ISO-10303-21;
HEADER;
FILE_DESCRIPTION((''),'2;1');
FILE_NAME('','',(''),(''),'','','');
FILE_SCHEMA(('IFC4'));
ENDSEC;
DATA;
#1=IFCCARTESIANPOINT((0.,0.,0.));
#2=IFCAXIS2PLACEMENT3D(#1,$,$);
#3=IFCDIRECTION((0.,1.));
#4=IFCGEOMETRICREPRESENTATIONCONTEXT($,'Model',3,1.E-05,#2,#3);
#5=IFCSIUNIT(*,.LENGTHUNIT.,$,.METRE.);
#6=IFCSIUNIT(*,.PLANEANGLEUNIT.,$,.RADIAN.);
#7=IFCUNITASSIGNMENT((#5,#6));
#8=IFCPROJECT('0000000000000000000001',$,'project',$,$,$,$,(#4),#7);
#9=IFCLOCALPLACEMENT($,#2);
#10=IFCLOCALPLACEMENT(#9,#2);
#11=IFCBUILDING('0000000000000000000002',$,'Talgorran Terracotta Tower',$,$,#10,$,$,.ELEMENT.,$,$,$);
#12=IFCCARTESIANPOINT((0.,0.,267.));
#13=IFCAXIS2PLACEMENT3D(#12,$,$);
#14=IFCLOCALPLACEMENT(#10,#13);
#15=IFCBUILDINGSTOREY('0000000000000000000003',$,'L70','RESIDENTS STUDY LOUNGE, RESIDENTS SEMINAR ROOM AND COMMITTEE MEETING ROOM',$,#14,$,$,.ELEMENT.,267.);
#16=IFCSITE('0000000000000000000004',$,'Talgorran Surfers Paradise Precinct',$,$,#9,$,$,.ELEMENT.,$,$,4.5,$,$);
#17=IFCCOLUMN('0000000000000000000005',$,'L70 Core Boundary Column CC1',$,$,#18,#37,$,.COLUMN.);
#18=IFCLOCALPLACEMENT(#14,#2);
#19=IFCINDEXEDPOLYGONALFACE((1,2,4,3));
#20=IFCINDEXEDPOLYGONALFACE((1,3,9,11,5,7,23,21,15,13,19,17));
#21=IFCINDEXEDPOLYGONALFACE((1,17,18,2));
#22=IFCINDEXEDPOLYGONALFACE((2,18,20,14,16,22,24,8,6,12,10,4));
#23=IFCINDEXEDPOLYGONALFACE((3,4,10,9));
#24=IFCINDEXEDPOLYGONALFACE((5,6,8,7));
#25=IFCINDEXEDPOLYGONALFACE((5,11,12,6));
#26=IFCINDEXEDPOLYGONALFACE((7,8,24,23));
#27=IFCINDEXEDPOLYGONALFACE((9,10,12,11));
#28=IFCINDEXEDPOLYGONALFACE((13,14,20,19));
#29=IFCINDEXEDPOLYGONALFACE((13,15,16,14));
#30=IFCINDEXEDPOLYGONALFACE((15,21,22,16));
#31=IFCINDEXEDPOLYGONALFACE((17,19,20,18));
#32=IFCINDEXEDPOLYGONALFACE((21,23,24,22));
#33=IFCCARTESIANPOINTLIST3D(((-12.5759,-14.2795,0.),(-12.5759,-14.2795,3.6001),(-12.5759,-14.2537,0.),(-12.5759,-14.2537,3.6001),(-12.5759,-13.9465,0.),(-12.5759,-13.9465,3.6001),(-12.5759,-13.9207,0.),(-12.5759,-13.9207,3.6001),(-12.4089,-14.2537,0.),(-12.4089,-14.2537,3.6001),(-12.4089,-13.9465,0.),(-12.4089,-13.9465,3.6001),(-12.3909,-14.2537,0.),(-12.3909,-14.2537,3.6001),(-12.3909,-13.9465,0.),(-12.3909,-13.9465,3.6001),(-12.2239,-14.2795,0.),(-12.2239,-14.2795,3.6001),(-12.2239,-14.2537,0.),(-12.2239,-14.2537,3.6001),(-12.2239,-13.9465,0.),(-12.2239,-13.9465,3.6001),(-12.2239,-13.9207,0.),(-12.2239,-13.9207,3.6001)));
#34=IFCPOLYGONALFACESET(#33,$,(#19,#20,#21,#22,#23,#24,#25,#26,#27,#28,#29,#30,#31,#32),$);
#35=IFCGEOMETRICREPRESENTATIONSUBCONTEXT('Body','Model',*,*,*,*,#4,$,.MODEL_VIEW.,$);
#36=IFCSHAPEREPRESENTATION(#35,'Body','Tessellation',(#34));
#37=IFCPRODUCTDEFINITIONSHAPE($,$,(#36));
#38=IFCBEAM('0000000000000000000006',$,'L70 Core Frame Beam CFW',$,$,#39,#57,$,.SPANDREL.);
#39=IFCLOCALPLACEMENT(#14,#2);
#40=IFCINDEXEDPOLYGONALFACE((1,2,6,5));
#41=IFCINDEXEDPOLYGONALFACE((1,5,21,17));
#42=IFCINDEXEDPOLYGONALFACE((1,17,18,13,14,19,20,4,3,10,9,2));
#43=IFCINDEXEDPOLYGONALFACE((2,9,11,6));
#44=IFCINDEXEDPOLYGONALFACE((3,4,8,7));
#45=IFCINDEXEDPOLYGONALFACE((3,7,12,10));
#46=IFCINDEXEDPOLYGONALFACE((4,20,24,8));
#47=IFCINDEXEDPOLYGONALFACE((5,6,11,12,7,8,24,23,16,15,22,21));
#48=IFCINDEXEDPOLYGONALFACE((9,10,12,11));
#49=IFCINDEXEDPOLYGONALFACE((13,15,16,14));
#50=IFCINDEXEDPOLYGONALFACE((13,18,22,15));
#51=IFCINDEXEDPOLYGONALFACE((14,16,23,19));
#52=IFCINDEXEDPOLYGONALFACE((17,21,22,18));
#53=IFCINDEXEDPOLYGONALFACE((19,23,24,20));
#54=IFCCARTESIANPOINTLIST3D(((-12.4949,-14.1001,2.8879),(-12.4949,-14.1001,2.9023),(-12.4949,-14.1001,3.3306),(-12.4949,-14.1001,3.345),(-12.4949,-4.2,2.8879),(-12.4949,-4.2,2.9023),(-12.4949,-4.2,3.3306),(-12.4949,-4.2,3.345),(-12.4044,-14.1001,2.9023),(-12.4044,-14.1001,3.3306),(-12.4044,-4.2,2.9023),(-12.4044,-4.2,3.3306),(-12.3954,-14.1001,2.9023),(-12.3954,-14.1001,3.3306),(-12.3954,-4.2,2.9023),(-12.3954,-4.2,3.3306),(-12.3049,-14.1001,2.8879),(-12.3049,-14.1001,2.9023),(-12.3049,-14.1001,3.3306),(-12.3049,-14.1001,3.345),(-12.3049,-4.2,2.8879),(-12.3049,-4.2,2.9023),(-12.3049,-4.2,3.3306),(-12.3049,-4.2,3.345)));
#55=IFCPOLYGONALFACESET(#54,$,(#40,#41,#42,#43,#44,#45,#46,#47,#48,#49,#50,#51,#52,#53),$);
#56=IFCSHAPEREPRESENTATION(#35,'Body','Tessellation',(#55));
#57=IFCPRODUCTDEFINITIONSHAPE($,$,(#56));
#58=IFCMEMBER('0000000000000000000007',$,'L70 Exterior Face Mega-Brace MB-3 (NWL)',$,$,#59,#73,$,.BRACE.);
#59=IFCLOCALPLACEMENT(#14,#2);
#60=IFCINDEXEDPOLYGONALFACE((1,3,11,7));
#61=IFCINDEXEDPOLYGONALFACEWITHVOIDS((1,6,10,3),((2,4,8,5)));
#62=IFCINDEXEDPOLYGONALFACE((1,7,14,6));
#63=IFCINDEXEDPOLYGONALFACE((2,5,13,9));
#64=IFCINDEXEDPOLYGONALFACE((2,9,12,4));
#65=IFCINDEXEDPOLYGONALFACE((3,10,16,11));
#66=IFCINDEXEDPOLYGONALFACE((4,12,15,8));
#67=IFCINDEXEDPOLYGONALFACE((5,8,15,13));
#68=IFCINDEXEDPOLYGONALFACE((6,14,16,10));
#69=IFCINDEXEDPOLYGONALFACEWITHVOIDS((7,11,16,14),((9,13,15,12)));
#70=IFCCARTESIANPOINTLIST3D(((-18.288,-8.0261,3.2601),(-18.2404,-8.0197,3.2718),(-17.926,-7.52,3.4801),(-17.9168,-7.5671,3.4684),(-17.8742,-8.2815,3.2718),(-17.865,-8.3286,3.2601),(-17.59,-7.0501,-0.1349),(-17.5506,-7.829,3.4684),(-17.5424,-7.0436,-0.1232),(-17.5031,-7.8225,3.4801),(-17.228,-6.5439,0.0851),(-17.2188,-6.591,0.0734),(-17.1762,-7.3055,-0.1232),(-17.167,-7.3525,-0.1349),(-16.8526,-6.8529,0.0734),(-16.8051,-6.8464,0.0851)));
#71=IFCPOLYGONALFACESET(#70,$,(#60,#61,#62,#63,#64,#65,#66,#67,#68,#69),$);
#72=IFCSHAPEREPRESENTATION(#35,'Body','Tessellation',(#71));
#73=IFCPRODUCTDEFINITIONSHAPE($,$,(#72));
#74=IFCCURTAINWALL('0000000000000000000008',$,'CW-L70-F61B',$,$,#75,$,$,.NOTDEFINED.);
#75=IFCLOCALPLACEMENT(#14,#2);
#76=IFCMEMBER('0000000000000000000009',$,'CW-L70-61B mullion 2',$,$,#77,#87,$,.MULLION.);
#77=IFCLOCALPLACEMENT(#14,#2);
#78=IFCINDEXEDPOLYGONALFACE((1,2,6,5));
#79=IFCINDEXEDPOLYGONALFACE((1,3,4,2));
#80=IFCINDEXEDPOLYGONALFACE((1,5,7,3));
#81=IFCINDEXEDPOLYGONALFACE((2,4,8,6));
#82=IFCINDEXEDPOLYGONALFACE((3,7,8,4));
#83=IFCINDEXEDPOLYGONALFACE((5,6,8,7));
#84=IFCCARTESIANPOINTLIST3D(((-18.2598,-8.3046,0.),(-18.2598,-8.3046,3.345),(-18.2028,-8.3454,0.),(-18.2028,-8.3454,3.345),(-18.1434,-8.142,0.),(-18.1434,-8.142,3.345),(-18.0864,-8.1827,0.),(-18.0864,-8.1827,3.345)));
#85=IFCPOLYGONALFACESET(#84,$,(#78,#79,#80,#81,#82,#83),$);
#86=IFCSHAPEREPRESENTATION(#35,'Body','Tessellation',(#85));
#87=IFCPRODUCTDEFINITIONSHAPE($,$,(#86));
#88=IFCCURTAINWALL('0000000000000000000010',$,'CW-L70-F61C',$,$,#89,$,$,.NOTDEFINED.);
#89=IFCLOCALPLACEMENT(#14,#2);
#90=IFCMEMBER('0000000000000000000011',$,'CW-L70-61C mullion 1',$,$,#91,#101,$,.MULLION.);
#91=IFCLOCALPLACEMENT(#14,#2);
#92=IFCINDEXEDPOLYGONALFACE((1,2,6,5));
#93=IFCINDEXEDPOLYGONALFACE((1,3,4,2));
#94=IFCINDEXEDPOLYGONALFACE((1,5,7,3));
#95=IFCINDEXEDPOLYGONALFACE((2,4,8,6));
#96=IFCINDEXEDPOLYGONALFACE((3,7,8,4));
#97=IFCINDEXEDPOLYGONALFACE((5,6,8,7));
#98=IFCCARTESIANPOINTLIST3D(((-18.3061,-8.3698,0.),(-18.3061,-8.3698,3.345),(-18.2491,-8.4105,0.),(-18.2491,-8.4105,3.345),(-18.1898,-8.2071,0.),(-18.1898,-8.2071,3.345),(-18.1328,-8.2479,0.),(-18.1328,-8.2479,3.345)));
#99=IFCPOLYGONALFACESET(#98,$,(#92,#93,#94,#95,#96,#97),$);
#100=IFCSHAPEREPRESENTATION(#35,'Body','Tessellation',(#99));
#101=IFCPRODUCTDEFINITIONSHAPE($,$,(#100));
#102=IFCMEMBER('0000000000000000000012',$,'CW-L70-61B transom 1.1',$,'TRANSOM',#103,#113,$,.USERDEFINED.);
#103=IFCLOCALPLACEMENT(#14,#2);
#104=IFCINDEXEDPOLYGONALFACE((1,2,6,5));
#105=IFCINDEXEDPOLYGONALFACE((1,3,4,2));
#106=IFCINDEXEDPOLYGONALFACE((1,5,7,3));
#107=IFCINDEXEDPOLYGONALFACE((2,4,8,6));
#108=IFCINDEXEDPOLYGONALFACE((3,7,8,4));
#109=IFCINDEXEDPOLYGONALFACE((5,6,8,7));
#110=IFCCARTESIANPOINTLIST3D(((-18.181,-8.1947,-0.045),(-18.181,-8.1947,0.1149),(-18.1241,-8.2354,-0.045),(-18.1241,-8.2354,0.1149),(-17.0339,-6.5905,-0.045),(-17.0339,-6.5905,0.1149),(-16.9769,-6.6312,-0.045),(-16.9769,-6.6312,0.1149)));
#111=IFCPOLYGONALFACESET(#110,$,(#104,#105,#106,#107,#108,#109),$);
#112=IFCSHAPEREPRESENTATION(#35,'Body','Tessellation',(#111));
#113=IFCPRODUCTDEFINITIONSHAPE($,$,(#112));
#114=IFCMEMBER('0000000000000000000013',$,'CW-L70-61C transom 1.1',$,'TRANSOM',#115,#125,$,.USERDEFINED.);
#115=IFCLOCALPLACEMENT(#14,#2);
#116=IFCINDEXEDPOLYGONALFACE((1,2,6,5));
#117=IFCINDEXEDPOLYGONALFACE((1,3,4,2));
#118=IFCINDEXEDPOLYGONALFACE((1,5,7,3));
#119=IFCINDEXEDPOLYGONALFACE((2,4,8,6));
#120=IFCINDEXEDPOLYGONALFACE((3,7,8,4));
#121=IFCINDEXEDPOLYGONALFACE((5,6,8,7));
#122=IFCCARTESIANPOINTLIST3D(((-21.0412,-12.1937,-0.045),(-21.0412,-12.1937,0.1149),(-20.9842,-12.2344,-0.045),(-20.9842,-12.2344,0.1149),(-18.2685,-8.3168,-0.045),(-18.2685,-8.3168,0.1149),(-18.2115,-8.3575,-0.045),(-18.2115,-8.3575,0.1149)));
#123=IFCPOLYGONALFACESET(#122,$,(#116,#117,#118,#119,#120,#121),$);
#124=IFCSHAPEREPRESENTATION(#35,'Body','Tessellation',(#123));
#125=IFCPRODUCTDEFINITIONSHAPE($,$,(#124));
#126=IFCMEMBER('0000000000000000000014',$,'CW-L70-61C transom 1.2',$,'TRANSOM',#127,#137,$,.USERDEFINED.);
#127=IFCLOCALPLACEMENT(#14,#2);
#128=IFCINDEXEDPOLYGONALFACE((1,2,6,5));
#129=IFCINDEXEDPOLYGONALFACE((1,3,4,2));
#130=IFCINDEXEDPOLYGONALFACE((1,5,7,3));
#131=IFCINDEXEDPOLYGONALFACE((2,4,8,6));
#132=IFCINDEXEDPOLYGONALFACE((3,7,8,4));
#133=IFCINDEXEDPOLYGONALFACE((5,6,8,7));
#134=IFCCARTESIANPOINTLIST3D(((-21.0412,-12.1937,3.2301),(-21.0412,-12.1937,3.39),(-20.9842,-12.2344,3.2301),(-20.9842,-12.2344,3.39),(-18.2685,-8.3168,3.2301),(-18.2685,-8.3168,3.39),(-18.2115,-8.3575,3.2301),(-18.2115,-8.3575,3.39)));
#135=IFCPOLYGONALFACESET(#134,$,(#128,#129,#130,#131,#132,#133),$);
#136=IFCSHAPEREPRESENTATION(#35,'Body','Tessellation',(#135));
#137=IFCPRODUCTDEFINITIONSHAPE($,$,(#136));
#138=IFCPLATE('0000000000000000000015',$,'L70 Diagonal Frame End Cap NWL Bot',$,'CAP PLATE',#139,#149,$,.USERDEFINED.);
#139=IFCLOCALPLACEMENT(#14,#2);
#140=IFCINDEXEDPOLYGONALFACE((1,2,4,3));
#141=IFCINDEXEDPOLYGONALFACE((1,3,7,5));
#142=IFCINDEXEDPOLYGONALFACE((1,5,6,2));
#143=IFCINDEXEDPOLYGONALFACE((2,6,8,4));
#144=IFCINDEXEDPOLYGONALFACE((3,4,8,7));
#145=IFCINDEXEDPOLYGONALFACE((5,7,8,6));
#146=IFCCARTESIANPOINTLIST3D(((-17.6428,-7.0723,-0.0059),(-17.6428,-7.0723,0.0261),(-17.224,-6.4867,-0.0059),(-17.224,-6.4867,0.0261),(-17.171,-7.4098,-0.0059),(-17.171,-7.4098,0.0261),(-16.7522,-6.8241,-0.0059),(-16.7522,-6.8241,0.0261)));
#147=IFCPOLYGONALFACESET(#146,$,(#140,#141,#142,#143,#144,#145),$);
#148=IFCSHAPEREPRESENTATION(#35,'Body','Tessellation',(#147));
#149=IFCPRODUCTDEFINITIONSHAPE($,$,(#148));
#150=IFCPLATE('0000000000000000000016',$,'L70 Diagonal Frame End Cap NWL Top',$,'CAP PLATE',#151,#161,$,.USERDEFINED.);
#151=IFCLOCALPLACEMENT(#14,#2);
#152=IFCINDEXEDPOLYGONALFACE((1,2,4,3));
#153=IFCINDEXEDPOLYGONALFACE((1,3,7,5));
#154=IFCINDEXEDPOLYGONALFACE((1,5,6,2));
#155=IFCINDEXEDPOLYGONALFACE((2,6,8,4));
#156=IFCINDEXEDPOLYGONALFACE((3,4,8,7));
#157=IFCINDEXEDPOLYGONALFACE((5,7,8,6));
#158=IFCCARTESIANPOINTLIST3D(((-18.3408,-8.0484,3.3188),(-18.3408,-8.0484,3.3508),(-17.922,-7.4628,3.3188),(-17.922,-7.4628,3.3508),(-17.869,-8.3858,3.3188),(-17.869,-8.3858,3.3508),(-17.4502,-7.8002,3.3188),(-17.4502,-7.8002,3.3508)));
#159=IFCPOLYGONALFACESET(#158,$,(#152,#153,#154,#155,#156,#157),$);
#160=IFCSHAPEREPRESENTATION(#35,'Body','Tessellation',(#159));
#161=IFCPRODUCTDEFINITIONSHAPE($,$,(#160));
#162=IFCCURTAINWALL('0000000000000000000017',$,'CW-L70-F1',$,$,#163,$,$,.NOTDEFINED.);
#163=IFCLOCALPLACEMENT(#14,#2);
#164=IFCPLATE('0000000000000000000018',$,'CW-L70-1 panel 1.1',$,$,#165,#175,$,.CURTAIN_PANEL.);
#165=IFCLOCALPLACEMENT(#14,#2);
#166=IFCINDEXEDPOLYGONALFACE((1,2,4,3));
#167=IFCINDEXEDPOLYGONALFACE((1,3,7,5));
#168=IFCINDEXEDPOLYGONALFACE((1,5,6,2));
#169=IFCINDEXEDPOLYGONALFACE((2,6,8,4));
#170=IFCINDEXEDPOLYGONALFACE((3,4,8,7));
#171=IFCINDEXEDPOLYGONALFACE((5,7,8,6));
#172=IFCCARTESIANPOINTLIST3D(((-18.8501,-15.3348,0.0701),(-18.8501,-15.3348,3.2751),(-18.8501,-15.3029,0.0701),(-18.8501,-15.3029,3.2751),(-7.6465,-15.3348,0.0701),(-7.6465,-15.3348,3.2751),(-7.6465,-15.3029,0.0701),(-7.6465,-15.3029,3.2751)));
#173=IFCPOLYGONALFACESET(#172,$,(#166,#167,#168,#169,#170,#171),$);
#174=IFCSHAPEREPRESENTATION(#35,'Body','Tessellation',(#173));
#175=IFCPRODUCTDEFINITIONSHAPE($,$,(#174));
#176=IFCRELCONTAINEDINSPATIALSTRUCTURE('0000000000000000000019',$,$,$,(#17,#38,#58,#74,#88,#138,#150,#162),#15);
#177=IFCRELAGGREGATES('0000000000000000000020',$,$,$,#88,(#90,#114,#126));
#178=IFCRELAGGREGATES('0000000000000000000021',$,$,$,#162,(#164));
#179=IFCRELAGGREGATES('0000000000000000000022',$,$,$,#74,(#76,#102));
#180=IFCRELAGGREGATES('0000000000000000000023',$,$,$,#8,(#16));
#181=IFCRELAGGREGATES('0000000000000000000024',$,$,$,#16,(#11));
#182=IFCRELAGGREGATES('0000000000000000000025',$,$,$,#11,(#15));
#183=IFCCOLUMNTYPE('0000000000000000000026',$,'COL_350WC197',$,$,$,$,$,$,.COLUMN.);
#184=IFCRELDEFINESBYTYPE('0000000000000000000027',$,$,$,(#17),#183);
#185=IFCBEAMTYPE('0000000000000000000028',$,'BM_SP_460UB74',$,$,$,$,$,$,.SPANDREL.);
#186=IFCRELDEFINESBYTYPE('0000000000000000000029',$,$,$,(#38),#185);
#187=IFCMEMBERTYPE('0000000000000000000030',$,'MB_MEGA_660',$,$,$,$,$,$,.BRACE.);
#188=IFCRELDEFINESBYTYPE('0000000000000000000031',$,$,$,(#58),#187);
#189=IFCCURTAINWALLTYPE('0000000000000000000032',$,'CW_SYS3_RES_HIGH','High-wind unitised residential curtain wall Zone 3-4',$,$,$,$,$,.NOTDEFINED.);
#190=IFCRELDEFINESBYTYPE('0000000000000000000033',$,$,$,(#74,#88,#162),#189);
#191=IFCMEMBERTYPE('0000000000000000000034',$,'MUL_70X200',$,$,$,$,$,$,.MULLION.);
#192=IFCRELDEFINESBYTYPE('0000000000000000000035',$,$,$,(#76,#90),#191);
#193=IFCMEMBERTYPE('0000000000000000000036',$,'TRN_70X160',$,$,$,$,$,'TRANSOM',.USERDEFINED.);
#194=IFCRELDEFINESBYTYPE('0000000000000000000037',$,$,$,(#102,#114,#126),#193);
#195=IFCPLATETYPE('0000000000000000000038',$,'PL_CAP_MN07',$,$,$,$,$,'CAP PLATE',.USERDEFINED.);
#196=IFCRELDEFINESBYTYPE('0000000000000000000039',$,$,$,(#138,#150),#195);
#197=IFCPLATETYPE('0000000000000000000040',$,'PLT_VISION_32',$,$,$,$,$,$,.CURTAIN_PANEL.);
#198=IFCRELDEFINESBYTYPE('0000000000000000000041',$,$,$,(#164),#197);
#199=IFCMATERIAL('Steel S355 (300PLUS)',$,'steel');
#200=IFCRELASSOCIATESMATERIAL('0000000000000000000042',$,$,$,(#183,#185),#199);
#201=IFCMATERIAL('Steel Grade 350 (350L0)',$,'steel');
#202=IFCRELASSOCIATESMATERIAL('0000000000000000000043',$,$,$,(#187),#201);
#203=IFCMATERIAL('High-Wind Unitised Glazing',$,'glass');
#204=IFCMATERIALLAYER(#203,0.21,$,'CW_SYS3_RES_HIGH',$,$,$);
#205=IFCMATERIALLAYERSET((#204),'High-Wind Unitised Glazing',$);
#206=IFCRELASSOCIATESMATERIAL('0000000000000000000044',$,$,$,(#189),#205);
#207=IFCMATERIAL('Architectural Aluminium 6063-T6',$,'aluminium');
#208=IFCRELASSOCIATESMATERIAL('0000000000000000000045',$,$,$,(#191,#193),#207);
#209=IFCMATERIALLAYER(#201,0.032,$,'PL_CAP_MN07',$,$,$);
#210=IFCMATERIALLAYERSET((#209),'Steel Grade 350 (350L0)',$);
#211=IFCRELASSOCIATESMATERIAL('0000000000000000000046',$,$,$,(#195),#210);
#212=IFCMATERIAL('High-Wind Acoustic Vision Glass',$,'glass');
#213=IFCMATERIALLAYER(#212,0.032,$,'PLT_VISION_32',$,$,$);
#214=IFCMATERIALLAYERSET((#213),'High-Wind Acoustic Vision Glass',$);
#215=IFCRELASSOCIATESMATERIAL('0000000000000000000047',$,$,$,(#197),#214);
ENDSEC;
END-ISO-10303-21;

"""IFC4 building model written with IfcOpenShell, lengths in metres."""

from ifc_helpers import new_model, si_unit, direction, frame, origin, origin_2d, place, context, subcontext, project, spatial, rectangle, hollow_rectangle, i_section, extrude, source, transform, mapped, material, layer, layer_set, material_profile, profile_set, type_object, type_shapes, element, aggregate, save


model = new_model("IFC4")

# Units and contexts
model_context = context("Model", 3, precision=1e-05, world=origin(), true_north=direction((0.0, 1.0)))
body_context = subcontext(model_context, "Body", "Model", "MODEL_VIEW")
ifc_project = project(units=[si_unit("LENGTHUNIT", "METRE"), si_unit("PLANEANGLEUNIT", "RADIAN")], contexts=[model_context])

# Site, building, storey
site_placement = place(None, origin())
site = spatial("IfcSite", under=ifc_project, at=site_placement, Name="Talgorran Surfers Paradise Precinct", CompositionType="ELEMENT", RefElevation=4.5)
building_placement = place(site_placement, origin())
building = spatial("IfcBuilding", under=site, at=building_placement, Name="Talgorran Terracotta Tower", CompositionType="ELEMENT")
storey_placement = place(building_placement, frame((0.0, 0.0, 267.0)))
storey = spatial("IfcBuildingStorey", under=building, at=storey_placement, Name="L70", Description="RESIDENTS STUDY LOUNGE, RESIDENTS SEMINAR ROOM AND COMMITTEE MEETING ROOM", CompositionType="ELEMENT", Elevation=267.0)

# Column
ifc_material_1 = material(Name="Steel S355 (300PLUS)", Category="steel")
ifc_material_profile_1 = material_profile(ifc_material_1, i_section(OverallWidth=0.3521, OverallDepth=0.3589, WebThickness=0.0181, FlangeThickness=0.0259, at=origin_2d()), Name="350WC197")
ifc_profile_set_1 = profile_set([ifc_material_profile_1], Name="Steel S355 (300PLUS)")
column_type = type_object("IfcColumnType", Name="COL_350WC197", PredefinedType="COLUMN", material=ifc_profile_set_1)
column_placement = place(storey_placement, frame((-12.3999, -14.1001, 0.0), z_axis=(0.0, 0.0, 1.0), x_axis=(1.0, 0.0, 0.0)))
element("IfcColumn", 1, at=column_placement, inside=storey, type_object=column_type, Name="L70 Core Boundary Column CC1", PredefinedType="COLUMN", context=body_context, shape_type="SweptSolid", body=[
    extrude(i_section(OverallWidth=0.3521, OverallDepth=0.3589, WebThickness=0.0181, FlangeThickness=0.0259, at=origin_2d()), origin(), (0.0, 0.0, 1.0), 3.6001),
])

# Beam
ifc_material_profile_2 = material_profile(ifc_material_1, i_section(OverallWidth=0.1899, OverallDepth=0.457, WebThickness=0.009, FlangeThickness=0.0144, at=origin_2d()), Name="460UB74.6")
ifc_profile_set_2 = profile_set([ifc_material_profile_2], Name="Steel S355 (300PLUS)")
beam_type = type_object("IfcBeamType", Name="BM_SP_460UB74", PredefinedType="SPANDREL", material=ifc_profile_set_2)
beam_placement = place(storey_placement, frame((-12.3999, -14.1001, 3.1165), z_axis=(0.0, 1.0, 0.0), x_axis=(-1.0, 0.0, 0.0)))
element("IfcBeam", 2, at=beam_placement, inside=storey, type_object=beam_type, Name="L70 Core Frame Beam CFW", PredefinedType="SPANDREL", context=body_context, shape_type="SweptSolid", body=[
    extrude(i_section(OverallWidth=0.1899, OverallDepth=0.457, WebThickness=0.009, FlangeThickness=0.0144, at=origin_2d()), origin(), (0.0, 0.0, 1.0), 9.9001),
])

# Member
ifc_material_2 = material(Name="Steel Grade 350 (350L0)", Category="steel")
ifc_material_profile_3 = material_profile(ifc_material_2, hollow_rectangle(XDim=0.52, YDim=0.6599, WallThickness=0.0349, at=origin_2d()), Name="WBOX660X520X35")
ifc_profile_set_3 = profile_set([ifc_material_profile_3], Name="Steel Grade 350 (350L0)")
member_type_1 = type_object("IfcMemberType", Name="MB_MEGA_660", PredefinedType="BRACE", material=ifc_profile_set_3)
member_1_placement = place(storey_placement, frame((-17.1975, -6.9482, -0.0249), z_axis=(-0.193843, -0.271068, 0.94284), x_axis=(0.813417, -0.581681, 0.0)))
element("IfcMember", 3, at=member_1_placement, inside=storey, type_object=member_type_1, Name="L70 Exterior Face Mega-Brace MB-3 (NWL)", PredefinedType="BRACE", context=body_context, shape_type="SweptSolid", body=[
    extrude(hollow_rectangle(XDim=0.52, YDim=0.6599, WallThickness=0.0349, at=origin_2d()), origin(), (0.0, 0.0, 1.0), 3.6008),
])

# Curtain walls, members
ifc_material_3 = material(Name="High-Wind Unitised Glazing", Category="glass")
ifc_layer_1 = layer(ifc_material_3, 0.21, Name="CW_SYS3_RES_HIGH")
ifc_layer_set_1 = layer_set([ifc_layer_1], Name="High-Wind Unitised Glazing")
curtain_wall_type = type_object("IfcCurtainWallType", Name="CW_SYS3_RES_HIGH", Description="High-wind unitised residential curtain wall Zone 3-4", PredefinedType="NOTDEFINED", material=ifc_layer_set_1)
curtain_wall_1_placement = place(storey_placement, origin())
curtain_wall_1 = element("IfcCurtainWall", 4, at=curtain_wall_1_placement, inside=storey, type_object=curtain_wall_type, Name="CW-L70-F61B", PredefinedType="NOTDEFINED")
ifc_material_4 = material(Name="Architectural Aluminium 6063-T6", Category="aluminium")
ifc_material_profile_4 = material_profile(ifc_material_4, rectangle(XDim=0.0701, YDim=0.2, at=origin_2d()), Name="CWM70X200")
ifc_profile_set_4 = profile_set([ifc_material_profile_4], Name="Architectural Aluminium 6063-T6")
member_type_2 = type_object("IfcMemberType", Name="MUL_70X200", PredefinedType="MULLION", material=ifc_profile_set_4)
member_2_placement = place(storey_placement, frame((-18.1731, -8.2437, 0.0), z_axis=(0.0, 0.0, 1.0), x_axis=(0.813378, -0.581735, 0.0)))
member_2 = element("IfcMember", 5, at=member_2_placement, type_object=member_type_2, Name="CW-L70-61B mullion 2", PredefinedType="MULLION", context=body_context, shape_type="SweptSolid", body=[
    extrude(rectangle(XDim=0.0701, YDim=0.2, at=origin_2d()), origin(), (0.0, 0.0, 1.0), 3.345),
])
curtain_wall_2_placement = place(storey_placement, origin())
curtain_wall_2 = element("IfcCurtainWall", 6, at=curtain_wall_2_placement, inside=storey, type_object=curtain_wall_type, Name="CW-L70-F61C", PredefinedType="NOTDEFINED")
member_3_placement = place(storey_placement, frame((-18.2195, -8.3088, 0.0), z_axis=(0.0, 0.0, 1.0), x_axis=(0.813377, -0.581737, 0.0)))
member_3 = element("IfcMember", 7, at=member_3_placement, type_object=member_type_2, Name="CW-L70-61C mullion 1", PredefinedType="MULLION", context=body_context, shape_type="SweptSolid", body=[
    extrude(rectangle(XDim=0.0701, YDim=0.2, at=origin_2d()), origin(), (0.0, 0.0, 1.0), 3.345),
])

# Members
ifc_material_profile_5 = material_profile(ifc_material_4, rectangle(XDim=0.0701, YDim=0.1599, at=origin_2d()), Name="CWT70X160")
ifc_profile_set_5 = profile_set([ifc_material_profile_5], Name="Architectural Aluminium 6063-T6")
member_type_3 = type_object("IfcMemberType", Name="TRN_70X160", ElementType="TRANSOM", PredefinedType="USERDEFINED", material=ifc_profile_set_5)
member_4_placement = place(storey_placement, frame((-17.0054, -6.6108, 0.0349), z_axis=(-0.581683, -0.813416, 0.0), x_axis=(0.813416, -0.581683, 0.0)))
member_4 = element("IfcMember", 8, at=member_4_placement, type_object=member_type_3, Name="CW-L70-61B transom 1.1", ObjectType="TRANSOM", PredefinedType="USERDEFINED", context=body_context, shape_type="SweptSolid", body=[
    extrude(rectangle(XDim=0.0701, YDim=0.1599, at=origin_2d()), origin(), (0.0, 0.0, 1.0), 1.9722),
])
member_5_placement = place(storey_placement, frame((-18.24, -8.3372, 0.0349), z_axis=(-0.581718, -0.813391, 0.0), x_axis=(0.813391, -0.581718, 0.0)))
member_5 = element("IfcMember", 9, at=member_5_placement, type_object=member_type_3, Name="CW-L70-61C transom 1.1", ObjectType="TRANSOM", PredefinedType="USERDEFINED", context=body_context, shape_type="SweptSolid", body=[
    extrude(rectangle(XDim=0.0701, YDim=0.1599, at=origin_2d()), origin(), (0.0, 0.0, 1.0), 4.7664),
])
member_6_placement = place(storey_placement, frame((-18.24, -8.3372, 3.3101), z_axis=(-0.581718, -0.813391, 0.0), x_axis=(0.813391, -0.581718, 0.0)))
member_6 = element("IfcMember", 10, at=member_6_placement, type_object=member_type_3, Name="CW-L70-61C transom 1.2", ObjectType="TRANSOM", PredefinedType="USERDEFINED", context=body_context, shape_type="SweptSolid", body=[
    extrude(rectangle(XDim=0.0701, YDim=0.1599, at=origin_2d()), origin(), (0.0, 0.0, 1.0), 4.7664),
])
aggregate(curtain_wall_2, [member_3, member_5, member_6])

# Plates
ifc_layer_2 = layer(ifc_material_2, 0.032, Name="PL_CAP_MN07")
ifc_layer_set_2 = layer_set([ifc_layer_2], Name="Steel Grade 350 (350L0)")
plate_type_1 = type_object("IfcPlateType", Name="PL_CAP_MN07", ElementType="CAP PLATE", PredefinedType="USERDEFINED", material=ifc_layer_set_2)
for number, where, z_axis, x_axis, name in (
    (11, (-17.1975, -6.9482, -0.0059), (0.0, 0.0, 1.0), (-0.581697, -0.813405, 0.0), "L70 Diagonal Frame End Cap NWL Bot"),
    (12, (-17.8955, -7.9243, 3.3188), (0.0, 0.0, 1.0), (-0.581697, -0.813405, 0.0), "L70 Diagonal Frame End Cap NWL Top"),
):
    element("IfcPlate", number, at=place(storey_placement, frame(where, z_axis=z_axis, x_axis=x_axis)), inside=storey, type_object=plate_type_1, Name=name, ObjectType="CAP PLATE", PredefinedType="USERDEFINED", context=body_context, shape_type="SweptSolid", body=[
        extrude(rectangle(XDim=0.72, YDim=0.5801, at=origin_2d()), origin(), (0.0, 0.0, 1.0), 0.032),
    ])

# Curtain wall, plate
curtain_wall_3_placement = place(storey_placement, origin())
curtain_wall_3 = element("IfcCurtainWall", 13, at=curtain_wall_3_placement, inside=storey, type_object=curtain_wall_type, Name="CW-L70-F1", PredefinedType="NOTDEFINED")
ifc_material_5 = material(Name="High-Wind Acoustic Vision Glass", Category="glass")
ifc_layer_3 = layer(ifc_material_5, 0.032, Name="PLT_VISION_32")
ifc_layer_set_3 = layer_set([ifc_layer_3], Name="High-Wind Acoustic Vision Glass")
plate_type_2 = type_object("IfcPlateType", Name="PLT_VISION_32", PredefinedType="CURTAIN_PANEL", material=ifc_layer_set_3)
shared_shape_1 = source(origin(), body_context, "Body", "SweptSolid", [
    extrude(rectangle(XDim=11.2036, YDim=0.032, at=origin_2d()), origin(), (0.0, 0.0, 1.0), 3.2051),
])
type_shapes(plate_type_2, [shared_shape_1])
plate_1_placement = place(storey_placement, frame((-13.2483, -15.3188, 0.0701), z_axis=(0.0, 0.0, 1.0), x_axis=(1.0, 0.0, 0.0)))
plate_1 = element("IfcPlate", 14, at=plate_1_placement, type_object=plate_type_2, Name="CW-L70-1 panel 1.1", PredefinedType="CURTAIN_PANEL", context=body_context, shape_type="MappedRepresentation", body=[
    mapped(shared_shape_1, transform((0.0, 0.0, 0.0), scale=1.0)),
])
aggregate(curtain_wall_3, [plate_1])

aggregate(curtain_wall_1, [member_2, member_4])

save(model, "model.ifc")
